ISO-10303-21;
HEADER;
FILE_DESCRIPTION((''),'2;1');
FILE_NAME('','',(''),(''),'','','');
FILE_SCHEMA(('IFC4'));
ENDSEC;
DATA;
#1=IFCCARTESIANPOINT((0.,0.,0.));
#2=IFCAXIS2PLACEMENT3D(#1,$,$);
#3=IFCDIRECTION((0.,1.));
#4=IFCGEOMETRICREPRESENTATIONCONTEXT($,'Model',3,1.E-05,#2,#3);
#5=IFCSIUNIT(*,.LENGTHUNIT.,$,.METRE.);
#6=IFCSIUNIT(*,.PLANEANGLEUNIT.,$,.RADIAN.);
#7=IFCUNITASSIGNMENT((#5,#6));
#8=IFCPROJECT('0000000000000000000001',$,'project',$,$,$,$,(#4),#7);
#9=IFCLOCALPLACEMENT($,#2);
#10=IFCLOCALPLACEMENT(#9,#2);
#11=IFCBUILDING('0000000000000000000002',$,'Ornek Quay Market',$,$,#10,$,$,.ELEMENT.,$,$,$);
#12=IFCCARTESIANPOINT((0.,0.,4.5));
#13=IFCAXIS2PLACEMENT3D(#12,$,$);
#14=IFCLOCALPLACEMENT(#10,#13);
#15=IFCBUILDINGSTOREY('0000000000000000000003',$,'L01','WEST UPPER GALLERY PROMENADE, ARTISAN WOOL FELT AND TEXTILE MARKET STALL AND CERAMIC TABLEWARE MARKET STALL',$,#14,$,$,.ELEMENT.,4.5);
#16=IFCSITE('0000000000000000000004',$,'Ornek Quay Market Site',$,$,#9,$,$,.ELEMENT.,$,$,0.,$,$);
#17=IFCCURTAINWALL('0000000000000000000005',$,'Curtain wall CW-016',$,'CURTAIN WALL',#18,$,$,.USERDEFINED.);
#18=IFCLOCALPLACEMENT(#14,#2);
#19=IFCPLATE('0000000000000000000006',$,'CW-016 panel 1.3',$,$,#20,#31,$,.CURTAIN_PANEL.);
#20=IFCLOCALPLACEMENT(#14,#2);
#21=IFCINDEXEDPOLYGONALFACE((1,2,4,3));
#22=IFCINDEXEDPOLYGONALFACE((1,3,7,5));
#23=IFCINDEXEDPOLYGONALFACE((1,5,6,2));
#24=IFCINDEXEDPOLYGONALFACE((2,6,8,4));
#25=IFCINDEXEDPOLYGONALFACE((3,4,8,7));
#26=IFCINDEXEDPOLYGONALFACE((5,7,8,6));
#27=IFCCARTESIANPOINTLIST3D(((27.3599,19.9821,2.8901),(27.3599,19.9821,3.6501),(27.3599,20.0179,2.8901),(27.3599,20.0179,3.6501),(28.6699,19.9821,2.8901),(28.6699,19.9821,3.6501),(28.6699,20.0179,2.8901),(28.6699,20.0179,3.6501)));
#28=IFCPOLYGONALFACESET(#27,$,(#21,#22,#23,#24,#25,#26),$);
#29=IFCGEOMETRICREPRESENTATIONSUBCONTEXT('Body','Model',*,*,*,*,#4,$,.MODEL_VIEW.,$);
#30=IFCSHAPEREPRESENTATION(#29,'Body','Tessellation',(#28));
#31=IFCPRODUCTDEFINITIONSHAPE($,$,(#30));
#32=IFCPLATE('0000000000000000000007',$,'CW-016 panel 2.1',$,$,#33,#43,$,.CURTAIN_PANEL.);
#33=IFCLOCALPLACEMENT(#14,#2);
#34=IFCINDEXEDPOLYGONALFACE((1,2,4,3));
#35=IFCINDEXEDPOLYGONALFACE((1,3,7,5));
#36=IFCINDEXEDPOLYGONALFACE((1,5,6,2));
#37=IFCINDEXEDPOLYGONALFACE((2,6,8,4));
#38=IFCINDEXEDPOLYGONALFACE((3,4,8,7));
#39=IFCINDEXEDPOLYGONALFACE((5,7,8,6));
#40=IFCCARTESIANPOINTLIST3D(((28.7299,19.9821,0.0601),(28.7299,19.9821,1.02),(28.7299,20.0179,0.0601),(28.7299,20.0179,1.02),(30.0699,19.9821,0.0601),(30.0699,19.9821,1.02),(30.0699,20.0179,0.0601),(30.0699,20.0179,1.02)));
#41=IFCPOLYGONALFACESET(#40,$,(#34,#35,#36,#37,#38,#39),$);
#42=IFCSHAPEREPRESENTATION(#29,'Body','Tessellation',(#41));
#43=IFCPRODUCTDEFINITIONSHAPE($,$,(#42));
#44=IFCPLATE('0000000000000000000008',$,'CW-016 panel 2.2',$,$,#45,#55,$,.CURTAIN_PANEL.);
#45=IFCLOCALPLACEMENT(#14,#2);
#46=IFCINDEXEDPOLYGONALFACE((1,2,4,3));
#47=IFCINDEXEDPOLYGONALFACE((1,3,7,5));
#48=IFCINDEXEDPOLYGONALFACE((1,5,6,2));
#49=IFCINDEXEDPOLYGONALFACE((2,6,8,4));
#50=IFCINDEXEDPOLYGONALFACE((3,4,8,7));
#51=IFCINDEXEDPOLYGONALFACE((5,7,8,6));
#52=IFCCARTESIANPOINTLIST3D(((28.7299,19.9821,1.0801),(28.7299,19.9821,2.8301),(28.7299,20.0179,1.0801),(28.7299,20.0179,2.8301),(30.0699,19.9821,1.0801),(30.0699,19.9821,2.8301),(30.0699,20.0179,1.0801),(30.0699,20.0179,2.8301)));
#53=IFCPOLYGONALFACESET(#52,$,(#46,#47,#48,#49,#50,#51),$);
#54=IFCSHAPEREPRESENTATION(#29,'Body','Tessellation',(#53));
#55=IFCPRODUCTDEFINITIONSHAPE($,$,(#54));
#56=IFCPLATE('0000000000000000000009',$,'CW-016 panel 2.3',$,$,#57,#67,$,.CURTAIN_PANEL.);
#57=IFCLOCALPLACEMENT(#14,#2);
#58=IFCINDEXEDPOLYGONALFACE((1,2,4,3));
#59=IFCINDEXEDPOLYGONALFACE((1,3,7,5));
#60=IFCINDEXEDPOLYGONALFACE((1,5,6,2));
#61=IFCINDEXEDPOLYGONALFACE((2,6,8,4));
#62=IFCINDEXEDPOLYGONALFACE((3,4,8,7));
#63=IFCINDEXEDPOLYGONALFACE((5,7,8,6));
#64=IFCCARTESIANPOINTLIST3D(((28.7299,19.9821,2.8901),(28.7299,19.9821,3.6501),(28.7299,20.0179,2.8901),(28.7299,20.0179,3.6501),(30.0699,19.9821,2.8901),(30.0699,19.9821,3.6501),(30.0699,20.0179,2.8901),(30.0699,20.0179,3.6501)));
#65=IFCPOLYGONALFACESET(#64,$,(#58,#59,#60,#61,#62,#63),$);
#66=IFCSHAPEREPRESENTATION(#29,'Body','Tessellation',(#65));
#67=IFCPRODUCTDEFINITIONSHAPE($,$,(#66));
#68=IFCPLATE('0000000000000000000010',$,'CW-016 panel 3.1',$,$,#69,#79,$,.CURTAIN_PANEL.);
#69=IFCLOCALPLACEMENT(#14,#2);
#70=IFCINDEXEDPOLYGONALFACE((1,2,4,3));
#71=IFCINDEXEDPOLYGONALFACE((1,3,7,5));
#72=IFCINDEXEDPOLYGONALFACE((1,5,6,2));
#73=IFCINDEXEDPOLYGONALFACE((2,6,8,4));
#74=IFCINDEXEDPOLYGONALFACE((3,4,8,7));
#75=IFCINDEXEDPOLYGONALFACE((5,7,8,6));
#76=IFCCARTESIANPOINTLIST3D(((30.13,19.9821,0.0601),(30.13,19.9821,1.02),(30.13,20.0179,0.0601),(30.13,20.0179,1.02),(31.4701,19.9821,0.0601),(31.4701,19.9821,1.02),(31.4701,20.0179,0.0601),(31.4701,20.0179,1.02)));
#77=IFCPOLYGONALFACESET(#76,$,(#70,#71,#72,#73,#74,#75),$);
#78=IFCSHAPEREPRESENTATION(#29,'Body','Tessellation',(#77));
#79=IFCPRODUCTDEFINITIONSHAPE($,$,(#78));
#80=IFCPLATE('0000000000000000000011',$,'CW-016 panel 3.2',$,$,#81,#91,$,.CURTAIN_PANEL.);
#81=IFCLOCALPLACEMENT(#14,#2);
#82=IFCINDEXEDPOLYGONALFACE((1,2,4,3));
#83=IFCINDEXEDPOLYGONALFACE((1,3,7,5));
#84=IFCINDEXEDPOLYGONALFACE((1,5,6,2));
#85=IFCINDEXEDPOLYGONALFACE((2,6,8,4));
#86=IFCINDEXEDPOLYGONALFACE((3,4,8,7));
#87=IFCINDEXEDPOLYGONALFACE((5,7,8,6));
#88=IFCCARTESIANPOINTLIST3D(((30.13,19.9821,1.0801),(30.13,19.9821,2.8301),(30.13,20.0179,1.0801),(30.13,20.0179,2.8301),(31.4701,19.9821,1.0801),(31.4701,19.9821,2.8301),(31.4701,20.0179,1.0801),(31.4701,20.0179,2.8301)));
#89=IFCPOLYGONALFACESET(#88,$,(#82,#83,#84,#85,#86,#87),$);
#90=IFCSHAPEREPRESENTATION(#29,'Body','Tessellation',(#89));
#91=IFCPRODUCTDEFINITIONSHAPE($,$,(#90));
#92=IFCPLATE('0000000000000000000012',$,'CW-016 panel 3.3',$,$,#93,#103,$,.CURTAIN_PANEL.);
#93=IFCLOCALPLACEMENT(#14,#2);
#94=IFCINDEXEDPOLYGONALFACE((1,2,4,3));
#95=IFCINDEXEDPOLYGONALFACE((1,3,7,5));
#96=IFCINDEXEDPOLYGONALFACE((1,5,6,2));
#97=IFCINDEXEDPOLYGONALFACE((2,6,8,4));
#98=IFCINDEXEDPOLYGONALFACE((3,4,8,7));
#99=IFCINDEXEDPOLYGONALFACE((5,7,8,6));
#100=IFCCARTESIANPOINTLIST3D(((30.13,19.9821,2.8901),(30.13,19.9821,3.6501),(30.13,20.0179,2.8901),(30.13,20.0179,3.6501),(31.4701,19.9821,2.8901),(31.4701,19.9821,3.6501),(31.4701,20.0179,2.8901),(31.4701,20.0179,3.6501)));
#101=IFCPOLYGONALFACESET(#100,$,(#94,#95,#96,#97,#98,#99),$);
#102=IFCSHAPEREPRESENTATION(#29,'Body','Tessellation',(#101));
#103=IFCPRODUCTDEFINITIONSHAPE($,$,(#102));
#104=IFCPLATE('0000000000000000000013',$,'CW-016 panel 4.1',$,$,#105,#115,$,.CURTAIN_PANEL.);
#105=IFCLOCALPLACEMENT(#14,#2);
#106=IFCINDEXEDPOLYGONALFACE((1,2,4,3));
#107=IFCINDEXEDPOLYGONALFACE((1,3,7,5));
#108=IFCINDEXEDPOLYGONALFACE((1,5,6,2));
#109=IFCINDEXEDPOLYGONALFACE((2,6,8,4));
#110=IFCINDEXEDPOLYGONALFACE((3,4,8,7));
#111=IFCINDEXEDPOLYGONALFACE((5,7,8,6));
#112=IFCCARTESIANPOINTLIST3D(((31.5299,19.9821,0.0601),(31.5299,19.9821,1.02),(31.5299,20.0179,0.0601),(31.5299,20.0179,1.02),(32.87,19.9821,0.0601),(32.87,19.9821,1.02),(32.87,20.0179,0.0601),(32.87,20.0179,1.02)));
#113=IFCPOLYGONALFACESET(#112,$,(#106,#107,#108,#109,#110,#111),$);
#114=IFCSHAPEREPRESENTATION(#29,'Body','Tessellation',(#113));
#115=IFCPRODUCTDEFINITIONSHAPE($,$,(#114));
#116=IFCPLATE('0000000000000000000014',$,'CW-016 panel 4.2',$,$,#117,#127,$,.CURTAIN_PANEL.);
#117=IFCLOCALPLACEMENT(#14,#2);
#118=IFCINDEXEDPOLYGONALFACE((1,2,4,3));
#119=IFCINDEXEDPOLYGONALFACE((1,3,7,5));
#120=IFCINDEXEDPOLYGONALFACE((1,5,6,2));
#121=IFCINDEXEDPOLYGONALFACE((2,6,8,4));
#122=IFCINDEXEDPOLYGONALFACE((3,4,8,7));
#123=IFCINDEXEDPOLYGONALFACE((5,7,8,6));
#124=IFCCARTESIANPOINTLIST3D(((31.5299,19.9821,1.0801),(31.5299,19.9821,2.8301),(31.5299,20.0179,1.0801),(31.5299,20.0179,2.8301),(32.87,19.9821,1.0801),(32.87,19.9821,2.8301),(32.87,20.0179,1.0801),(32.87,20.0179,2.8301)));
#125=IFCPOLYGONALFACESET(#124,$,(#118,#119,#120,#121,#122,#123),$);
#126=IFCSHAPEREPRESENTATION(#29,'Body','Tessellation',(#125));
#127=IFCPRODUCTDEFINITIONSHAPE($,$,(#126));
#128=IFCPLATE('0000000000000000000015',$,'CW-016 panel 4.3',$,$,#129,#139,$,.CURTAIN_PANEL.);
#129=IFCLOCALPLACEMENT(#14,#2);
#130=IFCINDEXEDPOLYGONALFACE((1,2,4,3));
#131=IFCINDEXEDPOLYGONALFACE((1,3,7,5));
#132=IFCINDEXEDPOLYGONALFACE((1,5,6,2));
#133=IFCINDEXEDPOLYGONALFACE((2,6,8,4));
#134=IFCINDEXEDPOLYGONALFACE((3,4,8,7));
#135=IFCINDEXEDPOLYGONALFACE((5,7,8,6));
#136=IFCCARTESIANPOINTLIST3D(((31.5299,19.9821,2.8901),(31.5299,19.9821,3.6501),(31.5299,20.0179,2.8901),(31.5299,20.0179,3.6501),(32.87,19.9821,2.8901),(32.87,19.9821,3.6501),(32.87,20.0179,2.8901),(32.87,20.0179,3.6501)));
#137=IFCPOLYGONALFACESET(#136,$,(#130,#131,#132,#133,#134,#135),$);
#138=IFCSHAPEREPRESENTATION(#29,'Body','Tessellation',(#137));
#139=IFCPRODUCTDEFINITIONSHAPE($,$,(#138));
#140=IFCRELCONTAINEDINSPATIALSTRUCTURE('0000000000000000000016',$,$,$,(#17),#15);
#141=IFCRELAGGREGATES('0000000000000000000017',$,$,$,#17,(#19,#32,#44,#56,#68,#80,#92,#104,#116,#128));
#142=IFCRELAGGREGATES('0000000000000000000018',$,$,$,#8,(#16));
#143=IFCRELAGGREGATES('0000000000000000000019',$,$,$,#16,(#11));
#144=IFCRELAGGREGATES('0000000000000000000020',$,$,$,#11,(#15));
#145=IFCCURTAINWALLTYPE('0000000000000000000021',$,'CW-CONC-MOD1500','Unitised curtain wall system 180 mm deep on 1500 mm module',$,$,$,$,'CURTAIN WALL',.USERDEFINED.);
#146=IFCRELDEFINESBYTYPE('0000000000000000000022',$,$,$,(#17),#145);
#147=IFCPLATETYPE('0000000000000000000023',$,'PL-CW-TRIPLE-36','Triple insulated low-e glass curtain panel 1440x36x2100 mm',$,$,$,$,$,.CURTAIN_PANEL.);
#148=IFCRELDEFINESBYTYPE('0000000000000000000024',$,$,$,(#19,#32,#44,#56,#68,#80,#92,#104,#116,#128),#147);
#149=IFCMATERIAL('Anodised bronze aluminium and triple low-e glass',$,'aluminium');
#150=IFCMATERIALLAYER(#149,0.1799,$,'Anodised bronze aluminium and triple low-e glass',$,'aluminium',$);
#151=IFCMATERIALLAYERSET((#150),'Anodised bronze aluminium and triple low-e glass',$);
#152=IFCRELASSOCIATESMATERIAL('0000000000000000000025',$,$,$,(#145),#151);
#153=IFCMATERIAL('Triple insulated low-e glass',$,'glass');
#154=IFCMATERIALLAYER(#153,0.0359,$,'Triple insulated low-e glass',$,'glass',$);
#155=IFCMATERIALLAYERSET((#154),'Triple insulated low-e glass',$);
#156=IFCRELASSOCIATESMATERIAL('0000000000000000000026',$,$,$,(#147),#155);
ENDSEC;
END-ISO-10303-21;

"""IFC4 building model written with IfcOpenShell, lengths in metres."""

from ifc_helpers import new_model, si_unit, direction, frame, origin, origin_2d, place, context, subcontext, project, spatial, rectangle, extrude, material, layer, layer_set, type_object, element, aggregate, save


model = new_model("IFC4")

# Units and contexts
model_context = context("Model", 3, precision=1e-05, world=origin(), true_north=direction((0.0, 1.0)))
body_context = subcontext(model_context, "Body", "Model", "MODEL_VIEW")
ifc_project = project(units=[si_unit("LENGTHUNIT", "METRE"), si_unit("PLANEANGLEUNIT", "RADIAN")], contexts=[model_context])

# Site, building, storey
site_placement = place(None, origin())
site = spatial("IfcSite", under=ifc_project, at=site_placement, Name="Ornek Quay Market Site", CompositionType="ELEMENT", RefElevation=0.0)
building_placement = place(site_placement, origin())
building = spatial("IfcBuilding", under=site, at=building_placement, Name="Ornek Quay Market", CompositionType="ELEMENT")
storey_placement = place(building_placement, frame((0.0, 0.0, 4.5)))
storey = spatial("IfcBuildingStorey", under=building, at=storey_placement, Name="L01", Description="WEST UPPER GALLERY PROMENADE, ARTISAN WOOL FELT AND TEXTILE MARKET STALL AND CERAMIC TABLEWARE MARKET STALL", CompositionType="ELEMENT", Elevation=4.5)

# Curtain wall, plates
ifc_material_1 = material(Name="Anodised bronze aluminium and triple low-e glass", Category="aluminium")
ifc_layer_1 = layer(ifc_material_1, 0.1799, Name="Anodised bronze aluminium and triple low-e glass", Category="aluminium")
ifc_layer_set_1 = layer_set([ifc_layer_1], Name="Anodised bronze aluminium and triple low-e glass")
curtain_wall_type = type_object("IfcCurtainWallType", Name="CW-CONC-MOD1500", Description="Unitised curtain wall system 180 mm deep on 1500 mm module", ElementType="CURTAIN WALL", PredefinedType="USERDEFINED", material=ifc_layer_set_1)
curtain_wall_placement = place(storey_placement, origin())
curtain_wall = element("IfcCurtainWall", 1, at=curtain_wall_placement, inside=storey, type_object=curtain_wall_type, Name="Curtain wall CW-016", ObjectType="CURTAIN WALL", PredefinedType="USERDEFINED")
ifc_material_2 = material(Name="Triple insulated low-e glass", Category="glass")
ifc_layer_2 = layer(ifc_material_2, 0.0359, Name="Triple insulated low-e glass", Category="glass")
ifc_layer_set_2 = layer_set([ifc_layer_2], Name="Triple insulated low-e glass")
plate_type = type_object("IfcPlateType", Name="PL-CW-TRIPLE-36", Description="Triple insulated low-e glass curtain panel 1440x36x2100 mm", PredefinedType="CURTAIN_PANEL", material=ifc_layer_set_2)
plate_1_placement = place(storey_placement, frame((28.0149, 20.0, 2.8901), z_axis=(0.0, 0.0, 1.0), x_axis=(1.0, 0.0, 0.0)))
plate_1 = element("IfcPlate", 2, at=plate_1_placement, type_object=plate_type, Name="CW-016 panel 1.3", PredefinedType="CURTAIN_PANEL", context=body_context, shape_type="SweptSolid", body=[
    extrude(rectangle(XDim=1.3101, YDim=0.0359, at=origin_2d()), origin(), (0.0, 0.0, 1.0), 0.76),
])
plate_2_placement = place(storey_placement, frame((29.3999, 20.0, 0.0601), z_axis=(0.0, 0.0, 1.0), x_axis=(1.0, 0.0, 0.0)))
plate_2 = element("IfcPlate", 3, at=plate_2_placement, type_object=plate_type, Name="CW-016 panel 2.1", PredefinedType="CURTAIN_PANEL", context=body_context, shape_type="SweptSolid", body=[
    extrude(rectangle(XDim=1.3401, YDim=0.0359, at=origin_2d()), origin(), (0.0, 0.0, 1.0), 0.96),
])
plate_3_placement = place(storey_placement, frame((29.3999, 20.0, 1.0801), z_axis=(0.0, 0.0, 1.0), x_axis=(1.0, 0.0, 0.0)))
plate_3 = element("IfcPlate", 4, at=plate_3_placement, type_object=plate_type, Name="CW-016 panel 2.2", PredefinedType="CURTAIN_PANEL", context=body_context, shape_type="SweptSolid", body=[
    extrude(rectangle(XDim=1.3401, YDim=0.0359, at=origin_2d()), origin(), (0.0, 0.0, 1.0), 1.75),
])
plate_4_placement = place(storey_placement, frame((29.3999, 20.0, 2.8901), z_axis=(0.0, 0.0, 1.0), x_axis=(1.0, 0.0, 0.0)))
plate_4 = element("IfcPlate", 5, at=plate_4_placement, type_object=plate_type, Name="CW-016 panel 2.3", PredefinedType="CURTAIN_PANEL", context=body_context, shape_type="SweptSolid", body=[
    extrude(rectangle(XDim=1.3401, YDim=0.0359, at=origin_2d()), origin(), (0.0, 0.0, 1.0), 0.76),
])
plate_5_placement = place(storey_placement, frame((30.8, 20.0, 0.0601), z_axis=(0.0, 0.0, 1.0), x_axis=(1.0, 0.0, 0.0)))
plate_5 = element("IfcPlate", 6, at=plate_5_placement, type_object=plate_type, Name="CW-016 panel 3.1", PredefinedType="CURTAIN_PANEL", context=body_context, shape_type="SweptSolid", body=[
    extrude(rectangle(XDim=1.3401, YDim=0.0359, at=origin_2d()), origin(), (0.0, 0.0, 1.0), 0.96),
])
plate_6_placement = place(storey_placement, frame((30.8, 20.0, 1.0801), z_axis=(0.0, 0.0, 1.0), x_axis=(1.0, 0.0, 0.0)))
plate_6 = element("IfcPlate", 7, at=plate_6_placement, type_object=plate_type, Name="CW-016 panel 3.2", PredefinedType="CURTAIN_PANEL", context=body_context, shape_type="SweptSolid", body=[
    extrude(rectangle(XDim=1.3401, YDim=0.0359, at=origin_2d()), origin(), (0.0, 0.0, 1.0), 1.75),
])
plate_7_placement = place(storey_placement, frame((30.8, 20.0, 2.8901), z_axis=(0.0, 0.0, 1.0), x_axis=(1.0, 0.0, 0.0)))
plate_7 = element("IfcPlate", 8, at=plate_7_placement, type_object=plate_type, Name="CW-016 panel 3.3", PredefinedType="CURTAIN_PANEL", context=body_context, shape_type="SweptSolid", body=[
    extrude(rectangle(XDim=1.3401, YDim=0.0359, at=origin_2d()), origin(), (0.0, 0.0, 1.0), 0.76),
])
plate_8_placement = place(storey_placement, frame((32.2, 20.0, 0.0601), z_axis=(0.0, 0.0, 1.0), x_axis=(1.0, 0.0, 0.0)))
plate_8 = element("IfcPlate", 9, at=plate_8_placement, type_object=plate_type, Name="CW-016 panel 4.1", PredefinedType="CURTAIN_PANEL", context=body_context, shape_type="SweptSolid", body=[
    extrude(rectangle(XDim=1.3401, YDim=0.0359, at=origin_2d()), origin(), (0.0, 0.0, 1.0), 0.96),
])
plate_9_placement = place(storey_placement, frame((32.2, 20.0, 1.0801), z_axis=(0.0, 0.0, 1.0), x_axis=(1.0, 0.0, 0.0)))
plate_9 = element("IfcPlate", 10, at=plate_9_placement, type_object=plate_type, Name="CW-016 panel 4.2", PredefinedType="CURTAIN_PANEL", context=body_context, shape_type="SweptSolid", body=[
    extrude(rectangle(XDim=1.3401, YDim=0.0359, at=origin_2d()), origin(), (0.0, 0.0, 1.0), 1.75),
])
plate_10_placement = place(storey_placement, frame((32.2, 20.0, 2.8901), z_axis=(0.0, 0.0, 1.0), x_axis=(1.0, 0.0, 0.0)))
plate_10 = element("IfcPlate", 11, at=plate_10_placement, type_object=plate_type, Name="CW-016 panel 4.3", PredefinedType="CURTAIN_PANEL", context=body_context, shape_type="SweptSolid", body=[
    extrude(rectangle(XDim=1.3401, YDim=0.0359, at=origin_2d()), origin(), (0.0, 0.0, 1.0), 0.76),
])
aggregate(curtain_wall, [plate_1, plate_2, plate_3, plate_4, plate_5, plate_6, plate_7, plate_8, plate_9, plate_10])

save(model, "model.ifc")
